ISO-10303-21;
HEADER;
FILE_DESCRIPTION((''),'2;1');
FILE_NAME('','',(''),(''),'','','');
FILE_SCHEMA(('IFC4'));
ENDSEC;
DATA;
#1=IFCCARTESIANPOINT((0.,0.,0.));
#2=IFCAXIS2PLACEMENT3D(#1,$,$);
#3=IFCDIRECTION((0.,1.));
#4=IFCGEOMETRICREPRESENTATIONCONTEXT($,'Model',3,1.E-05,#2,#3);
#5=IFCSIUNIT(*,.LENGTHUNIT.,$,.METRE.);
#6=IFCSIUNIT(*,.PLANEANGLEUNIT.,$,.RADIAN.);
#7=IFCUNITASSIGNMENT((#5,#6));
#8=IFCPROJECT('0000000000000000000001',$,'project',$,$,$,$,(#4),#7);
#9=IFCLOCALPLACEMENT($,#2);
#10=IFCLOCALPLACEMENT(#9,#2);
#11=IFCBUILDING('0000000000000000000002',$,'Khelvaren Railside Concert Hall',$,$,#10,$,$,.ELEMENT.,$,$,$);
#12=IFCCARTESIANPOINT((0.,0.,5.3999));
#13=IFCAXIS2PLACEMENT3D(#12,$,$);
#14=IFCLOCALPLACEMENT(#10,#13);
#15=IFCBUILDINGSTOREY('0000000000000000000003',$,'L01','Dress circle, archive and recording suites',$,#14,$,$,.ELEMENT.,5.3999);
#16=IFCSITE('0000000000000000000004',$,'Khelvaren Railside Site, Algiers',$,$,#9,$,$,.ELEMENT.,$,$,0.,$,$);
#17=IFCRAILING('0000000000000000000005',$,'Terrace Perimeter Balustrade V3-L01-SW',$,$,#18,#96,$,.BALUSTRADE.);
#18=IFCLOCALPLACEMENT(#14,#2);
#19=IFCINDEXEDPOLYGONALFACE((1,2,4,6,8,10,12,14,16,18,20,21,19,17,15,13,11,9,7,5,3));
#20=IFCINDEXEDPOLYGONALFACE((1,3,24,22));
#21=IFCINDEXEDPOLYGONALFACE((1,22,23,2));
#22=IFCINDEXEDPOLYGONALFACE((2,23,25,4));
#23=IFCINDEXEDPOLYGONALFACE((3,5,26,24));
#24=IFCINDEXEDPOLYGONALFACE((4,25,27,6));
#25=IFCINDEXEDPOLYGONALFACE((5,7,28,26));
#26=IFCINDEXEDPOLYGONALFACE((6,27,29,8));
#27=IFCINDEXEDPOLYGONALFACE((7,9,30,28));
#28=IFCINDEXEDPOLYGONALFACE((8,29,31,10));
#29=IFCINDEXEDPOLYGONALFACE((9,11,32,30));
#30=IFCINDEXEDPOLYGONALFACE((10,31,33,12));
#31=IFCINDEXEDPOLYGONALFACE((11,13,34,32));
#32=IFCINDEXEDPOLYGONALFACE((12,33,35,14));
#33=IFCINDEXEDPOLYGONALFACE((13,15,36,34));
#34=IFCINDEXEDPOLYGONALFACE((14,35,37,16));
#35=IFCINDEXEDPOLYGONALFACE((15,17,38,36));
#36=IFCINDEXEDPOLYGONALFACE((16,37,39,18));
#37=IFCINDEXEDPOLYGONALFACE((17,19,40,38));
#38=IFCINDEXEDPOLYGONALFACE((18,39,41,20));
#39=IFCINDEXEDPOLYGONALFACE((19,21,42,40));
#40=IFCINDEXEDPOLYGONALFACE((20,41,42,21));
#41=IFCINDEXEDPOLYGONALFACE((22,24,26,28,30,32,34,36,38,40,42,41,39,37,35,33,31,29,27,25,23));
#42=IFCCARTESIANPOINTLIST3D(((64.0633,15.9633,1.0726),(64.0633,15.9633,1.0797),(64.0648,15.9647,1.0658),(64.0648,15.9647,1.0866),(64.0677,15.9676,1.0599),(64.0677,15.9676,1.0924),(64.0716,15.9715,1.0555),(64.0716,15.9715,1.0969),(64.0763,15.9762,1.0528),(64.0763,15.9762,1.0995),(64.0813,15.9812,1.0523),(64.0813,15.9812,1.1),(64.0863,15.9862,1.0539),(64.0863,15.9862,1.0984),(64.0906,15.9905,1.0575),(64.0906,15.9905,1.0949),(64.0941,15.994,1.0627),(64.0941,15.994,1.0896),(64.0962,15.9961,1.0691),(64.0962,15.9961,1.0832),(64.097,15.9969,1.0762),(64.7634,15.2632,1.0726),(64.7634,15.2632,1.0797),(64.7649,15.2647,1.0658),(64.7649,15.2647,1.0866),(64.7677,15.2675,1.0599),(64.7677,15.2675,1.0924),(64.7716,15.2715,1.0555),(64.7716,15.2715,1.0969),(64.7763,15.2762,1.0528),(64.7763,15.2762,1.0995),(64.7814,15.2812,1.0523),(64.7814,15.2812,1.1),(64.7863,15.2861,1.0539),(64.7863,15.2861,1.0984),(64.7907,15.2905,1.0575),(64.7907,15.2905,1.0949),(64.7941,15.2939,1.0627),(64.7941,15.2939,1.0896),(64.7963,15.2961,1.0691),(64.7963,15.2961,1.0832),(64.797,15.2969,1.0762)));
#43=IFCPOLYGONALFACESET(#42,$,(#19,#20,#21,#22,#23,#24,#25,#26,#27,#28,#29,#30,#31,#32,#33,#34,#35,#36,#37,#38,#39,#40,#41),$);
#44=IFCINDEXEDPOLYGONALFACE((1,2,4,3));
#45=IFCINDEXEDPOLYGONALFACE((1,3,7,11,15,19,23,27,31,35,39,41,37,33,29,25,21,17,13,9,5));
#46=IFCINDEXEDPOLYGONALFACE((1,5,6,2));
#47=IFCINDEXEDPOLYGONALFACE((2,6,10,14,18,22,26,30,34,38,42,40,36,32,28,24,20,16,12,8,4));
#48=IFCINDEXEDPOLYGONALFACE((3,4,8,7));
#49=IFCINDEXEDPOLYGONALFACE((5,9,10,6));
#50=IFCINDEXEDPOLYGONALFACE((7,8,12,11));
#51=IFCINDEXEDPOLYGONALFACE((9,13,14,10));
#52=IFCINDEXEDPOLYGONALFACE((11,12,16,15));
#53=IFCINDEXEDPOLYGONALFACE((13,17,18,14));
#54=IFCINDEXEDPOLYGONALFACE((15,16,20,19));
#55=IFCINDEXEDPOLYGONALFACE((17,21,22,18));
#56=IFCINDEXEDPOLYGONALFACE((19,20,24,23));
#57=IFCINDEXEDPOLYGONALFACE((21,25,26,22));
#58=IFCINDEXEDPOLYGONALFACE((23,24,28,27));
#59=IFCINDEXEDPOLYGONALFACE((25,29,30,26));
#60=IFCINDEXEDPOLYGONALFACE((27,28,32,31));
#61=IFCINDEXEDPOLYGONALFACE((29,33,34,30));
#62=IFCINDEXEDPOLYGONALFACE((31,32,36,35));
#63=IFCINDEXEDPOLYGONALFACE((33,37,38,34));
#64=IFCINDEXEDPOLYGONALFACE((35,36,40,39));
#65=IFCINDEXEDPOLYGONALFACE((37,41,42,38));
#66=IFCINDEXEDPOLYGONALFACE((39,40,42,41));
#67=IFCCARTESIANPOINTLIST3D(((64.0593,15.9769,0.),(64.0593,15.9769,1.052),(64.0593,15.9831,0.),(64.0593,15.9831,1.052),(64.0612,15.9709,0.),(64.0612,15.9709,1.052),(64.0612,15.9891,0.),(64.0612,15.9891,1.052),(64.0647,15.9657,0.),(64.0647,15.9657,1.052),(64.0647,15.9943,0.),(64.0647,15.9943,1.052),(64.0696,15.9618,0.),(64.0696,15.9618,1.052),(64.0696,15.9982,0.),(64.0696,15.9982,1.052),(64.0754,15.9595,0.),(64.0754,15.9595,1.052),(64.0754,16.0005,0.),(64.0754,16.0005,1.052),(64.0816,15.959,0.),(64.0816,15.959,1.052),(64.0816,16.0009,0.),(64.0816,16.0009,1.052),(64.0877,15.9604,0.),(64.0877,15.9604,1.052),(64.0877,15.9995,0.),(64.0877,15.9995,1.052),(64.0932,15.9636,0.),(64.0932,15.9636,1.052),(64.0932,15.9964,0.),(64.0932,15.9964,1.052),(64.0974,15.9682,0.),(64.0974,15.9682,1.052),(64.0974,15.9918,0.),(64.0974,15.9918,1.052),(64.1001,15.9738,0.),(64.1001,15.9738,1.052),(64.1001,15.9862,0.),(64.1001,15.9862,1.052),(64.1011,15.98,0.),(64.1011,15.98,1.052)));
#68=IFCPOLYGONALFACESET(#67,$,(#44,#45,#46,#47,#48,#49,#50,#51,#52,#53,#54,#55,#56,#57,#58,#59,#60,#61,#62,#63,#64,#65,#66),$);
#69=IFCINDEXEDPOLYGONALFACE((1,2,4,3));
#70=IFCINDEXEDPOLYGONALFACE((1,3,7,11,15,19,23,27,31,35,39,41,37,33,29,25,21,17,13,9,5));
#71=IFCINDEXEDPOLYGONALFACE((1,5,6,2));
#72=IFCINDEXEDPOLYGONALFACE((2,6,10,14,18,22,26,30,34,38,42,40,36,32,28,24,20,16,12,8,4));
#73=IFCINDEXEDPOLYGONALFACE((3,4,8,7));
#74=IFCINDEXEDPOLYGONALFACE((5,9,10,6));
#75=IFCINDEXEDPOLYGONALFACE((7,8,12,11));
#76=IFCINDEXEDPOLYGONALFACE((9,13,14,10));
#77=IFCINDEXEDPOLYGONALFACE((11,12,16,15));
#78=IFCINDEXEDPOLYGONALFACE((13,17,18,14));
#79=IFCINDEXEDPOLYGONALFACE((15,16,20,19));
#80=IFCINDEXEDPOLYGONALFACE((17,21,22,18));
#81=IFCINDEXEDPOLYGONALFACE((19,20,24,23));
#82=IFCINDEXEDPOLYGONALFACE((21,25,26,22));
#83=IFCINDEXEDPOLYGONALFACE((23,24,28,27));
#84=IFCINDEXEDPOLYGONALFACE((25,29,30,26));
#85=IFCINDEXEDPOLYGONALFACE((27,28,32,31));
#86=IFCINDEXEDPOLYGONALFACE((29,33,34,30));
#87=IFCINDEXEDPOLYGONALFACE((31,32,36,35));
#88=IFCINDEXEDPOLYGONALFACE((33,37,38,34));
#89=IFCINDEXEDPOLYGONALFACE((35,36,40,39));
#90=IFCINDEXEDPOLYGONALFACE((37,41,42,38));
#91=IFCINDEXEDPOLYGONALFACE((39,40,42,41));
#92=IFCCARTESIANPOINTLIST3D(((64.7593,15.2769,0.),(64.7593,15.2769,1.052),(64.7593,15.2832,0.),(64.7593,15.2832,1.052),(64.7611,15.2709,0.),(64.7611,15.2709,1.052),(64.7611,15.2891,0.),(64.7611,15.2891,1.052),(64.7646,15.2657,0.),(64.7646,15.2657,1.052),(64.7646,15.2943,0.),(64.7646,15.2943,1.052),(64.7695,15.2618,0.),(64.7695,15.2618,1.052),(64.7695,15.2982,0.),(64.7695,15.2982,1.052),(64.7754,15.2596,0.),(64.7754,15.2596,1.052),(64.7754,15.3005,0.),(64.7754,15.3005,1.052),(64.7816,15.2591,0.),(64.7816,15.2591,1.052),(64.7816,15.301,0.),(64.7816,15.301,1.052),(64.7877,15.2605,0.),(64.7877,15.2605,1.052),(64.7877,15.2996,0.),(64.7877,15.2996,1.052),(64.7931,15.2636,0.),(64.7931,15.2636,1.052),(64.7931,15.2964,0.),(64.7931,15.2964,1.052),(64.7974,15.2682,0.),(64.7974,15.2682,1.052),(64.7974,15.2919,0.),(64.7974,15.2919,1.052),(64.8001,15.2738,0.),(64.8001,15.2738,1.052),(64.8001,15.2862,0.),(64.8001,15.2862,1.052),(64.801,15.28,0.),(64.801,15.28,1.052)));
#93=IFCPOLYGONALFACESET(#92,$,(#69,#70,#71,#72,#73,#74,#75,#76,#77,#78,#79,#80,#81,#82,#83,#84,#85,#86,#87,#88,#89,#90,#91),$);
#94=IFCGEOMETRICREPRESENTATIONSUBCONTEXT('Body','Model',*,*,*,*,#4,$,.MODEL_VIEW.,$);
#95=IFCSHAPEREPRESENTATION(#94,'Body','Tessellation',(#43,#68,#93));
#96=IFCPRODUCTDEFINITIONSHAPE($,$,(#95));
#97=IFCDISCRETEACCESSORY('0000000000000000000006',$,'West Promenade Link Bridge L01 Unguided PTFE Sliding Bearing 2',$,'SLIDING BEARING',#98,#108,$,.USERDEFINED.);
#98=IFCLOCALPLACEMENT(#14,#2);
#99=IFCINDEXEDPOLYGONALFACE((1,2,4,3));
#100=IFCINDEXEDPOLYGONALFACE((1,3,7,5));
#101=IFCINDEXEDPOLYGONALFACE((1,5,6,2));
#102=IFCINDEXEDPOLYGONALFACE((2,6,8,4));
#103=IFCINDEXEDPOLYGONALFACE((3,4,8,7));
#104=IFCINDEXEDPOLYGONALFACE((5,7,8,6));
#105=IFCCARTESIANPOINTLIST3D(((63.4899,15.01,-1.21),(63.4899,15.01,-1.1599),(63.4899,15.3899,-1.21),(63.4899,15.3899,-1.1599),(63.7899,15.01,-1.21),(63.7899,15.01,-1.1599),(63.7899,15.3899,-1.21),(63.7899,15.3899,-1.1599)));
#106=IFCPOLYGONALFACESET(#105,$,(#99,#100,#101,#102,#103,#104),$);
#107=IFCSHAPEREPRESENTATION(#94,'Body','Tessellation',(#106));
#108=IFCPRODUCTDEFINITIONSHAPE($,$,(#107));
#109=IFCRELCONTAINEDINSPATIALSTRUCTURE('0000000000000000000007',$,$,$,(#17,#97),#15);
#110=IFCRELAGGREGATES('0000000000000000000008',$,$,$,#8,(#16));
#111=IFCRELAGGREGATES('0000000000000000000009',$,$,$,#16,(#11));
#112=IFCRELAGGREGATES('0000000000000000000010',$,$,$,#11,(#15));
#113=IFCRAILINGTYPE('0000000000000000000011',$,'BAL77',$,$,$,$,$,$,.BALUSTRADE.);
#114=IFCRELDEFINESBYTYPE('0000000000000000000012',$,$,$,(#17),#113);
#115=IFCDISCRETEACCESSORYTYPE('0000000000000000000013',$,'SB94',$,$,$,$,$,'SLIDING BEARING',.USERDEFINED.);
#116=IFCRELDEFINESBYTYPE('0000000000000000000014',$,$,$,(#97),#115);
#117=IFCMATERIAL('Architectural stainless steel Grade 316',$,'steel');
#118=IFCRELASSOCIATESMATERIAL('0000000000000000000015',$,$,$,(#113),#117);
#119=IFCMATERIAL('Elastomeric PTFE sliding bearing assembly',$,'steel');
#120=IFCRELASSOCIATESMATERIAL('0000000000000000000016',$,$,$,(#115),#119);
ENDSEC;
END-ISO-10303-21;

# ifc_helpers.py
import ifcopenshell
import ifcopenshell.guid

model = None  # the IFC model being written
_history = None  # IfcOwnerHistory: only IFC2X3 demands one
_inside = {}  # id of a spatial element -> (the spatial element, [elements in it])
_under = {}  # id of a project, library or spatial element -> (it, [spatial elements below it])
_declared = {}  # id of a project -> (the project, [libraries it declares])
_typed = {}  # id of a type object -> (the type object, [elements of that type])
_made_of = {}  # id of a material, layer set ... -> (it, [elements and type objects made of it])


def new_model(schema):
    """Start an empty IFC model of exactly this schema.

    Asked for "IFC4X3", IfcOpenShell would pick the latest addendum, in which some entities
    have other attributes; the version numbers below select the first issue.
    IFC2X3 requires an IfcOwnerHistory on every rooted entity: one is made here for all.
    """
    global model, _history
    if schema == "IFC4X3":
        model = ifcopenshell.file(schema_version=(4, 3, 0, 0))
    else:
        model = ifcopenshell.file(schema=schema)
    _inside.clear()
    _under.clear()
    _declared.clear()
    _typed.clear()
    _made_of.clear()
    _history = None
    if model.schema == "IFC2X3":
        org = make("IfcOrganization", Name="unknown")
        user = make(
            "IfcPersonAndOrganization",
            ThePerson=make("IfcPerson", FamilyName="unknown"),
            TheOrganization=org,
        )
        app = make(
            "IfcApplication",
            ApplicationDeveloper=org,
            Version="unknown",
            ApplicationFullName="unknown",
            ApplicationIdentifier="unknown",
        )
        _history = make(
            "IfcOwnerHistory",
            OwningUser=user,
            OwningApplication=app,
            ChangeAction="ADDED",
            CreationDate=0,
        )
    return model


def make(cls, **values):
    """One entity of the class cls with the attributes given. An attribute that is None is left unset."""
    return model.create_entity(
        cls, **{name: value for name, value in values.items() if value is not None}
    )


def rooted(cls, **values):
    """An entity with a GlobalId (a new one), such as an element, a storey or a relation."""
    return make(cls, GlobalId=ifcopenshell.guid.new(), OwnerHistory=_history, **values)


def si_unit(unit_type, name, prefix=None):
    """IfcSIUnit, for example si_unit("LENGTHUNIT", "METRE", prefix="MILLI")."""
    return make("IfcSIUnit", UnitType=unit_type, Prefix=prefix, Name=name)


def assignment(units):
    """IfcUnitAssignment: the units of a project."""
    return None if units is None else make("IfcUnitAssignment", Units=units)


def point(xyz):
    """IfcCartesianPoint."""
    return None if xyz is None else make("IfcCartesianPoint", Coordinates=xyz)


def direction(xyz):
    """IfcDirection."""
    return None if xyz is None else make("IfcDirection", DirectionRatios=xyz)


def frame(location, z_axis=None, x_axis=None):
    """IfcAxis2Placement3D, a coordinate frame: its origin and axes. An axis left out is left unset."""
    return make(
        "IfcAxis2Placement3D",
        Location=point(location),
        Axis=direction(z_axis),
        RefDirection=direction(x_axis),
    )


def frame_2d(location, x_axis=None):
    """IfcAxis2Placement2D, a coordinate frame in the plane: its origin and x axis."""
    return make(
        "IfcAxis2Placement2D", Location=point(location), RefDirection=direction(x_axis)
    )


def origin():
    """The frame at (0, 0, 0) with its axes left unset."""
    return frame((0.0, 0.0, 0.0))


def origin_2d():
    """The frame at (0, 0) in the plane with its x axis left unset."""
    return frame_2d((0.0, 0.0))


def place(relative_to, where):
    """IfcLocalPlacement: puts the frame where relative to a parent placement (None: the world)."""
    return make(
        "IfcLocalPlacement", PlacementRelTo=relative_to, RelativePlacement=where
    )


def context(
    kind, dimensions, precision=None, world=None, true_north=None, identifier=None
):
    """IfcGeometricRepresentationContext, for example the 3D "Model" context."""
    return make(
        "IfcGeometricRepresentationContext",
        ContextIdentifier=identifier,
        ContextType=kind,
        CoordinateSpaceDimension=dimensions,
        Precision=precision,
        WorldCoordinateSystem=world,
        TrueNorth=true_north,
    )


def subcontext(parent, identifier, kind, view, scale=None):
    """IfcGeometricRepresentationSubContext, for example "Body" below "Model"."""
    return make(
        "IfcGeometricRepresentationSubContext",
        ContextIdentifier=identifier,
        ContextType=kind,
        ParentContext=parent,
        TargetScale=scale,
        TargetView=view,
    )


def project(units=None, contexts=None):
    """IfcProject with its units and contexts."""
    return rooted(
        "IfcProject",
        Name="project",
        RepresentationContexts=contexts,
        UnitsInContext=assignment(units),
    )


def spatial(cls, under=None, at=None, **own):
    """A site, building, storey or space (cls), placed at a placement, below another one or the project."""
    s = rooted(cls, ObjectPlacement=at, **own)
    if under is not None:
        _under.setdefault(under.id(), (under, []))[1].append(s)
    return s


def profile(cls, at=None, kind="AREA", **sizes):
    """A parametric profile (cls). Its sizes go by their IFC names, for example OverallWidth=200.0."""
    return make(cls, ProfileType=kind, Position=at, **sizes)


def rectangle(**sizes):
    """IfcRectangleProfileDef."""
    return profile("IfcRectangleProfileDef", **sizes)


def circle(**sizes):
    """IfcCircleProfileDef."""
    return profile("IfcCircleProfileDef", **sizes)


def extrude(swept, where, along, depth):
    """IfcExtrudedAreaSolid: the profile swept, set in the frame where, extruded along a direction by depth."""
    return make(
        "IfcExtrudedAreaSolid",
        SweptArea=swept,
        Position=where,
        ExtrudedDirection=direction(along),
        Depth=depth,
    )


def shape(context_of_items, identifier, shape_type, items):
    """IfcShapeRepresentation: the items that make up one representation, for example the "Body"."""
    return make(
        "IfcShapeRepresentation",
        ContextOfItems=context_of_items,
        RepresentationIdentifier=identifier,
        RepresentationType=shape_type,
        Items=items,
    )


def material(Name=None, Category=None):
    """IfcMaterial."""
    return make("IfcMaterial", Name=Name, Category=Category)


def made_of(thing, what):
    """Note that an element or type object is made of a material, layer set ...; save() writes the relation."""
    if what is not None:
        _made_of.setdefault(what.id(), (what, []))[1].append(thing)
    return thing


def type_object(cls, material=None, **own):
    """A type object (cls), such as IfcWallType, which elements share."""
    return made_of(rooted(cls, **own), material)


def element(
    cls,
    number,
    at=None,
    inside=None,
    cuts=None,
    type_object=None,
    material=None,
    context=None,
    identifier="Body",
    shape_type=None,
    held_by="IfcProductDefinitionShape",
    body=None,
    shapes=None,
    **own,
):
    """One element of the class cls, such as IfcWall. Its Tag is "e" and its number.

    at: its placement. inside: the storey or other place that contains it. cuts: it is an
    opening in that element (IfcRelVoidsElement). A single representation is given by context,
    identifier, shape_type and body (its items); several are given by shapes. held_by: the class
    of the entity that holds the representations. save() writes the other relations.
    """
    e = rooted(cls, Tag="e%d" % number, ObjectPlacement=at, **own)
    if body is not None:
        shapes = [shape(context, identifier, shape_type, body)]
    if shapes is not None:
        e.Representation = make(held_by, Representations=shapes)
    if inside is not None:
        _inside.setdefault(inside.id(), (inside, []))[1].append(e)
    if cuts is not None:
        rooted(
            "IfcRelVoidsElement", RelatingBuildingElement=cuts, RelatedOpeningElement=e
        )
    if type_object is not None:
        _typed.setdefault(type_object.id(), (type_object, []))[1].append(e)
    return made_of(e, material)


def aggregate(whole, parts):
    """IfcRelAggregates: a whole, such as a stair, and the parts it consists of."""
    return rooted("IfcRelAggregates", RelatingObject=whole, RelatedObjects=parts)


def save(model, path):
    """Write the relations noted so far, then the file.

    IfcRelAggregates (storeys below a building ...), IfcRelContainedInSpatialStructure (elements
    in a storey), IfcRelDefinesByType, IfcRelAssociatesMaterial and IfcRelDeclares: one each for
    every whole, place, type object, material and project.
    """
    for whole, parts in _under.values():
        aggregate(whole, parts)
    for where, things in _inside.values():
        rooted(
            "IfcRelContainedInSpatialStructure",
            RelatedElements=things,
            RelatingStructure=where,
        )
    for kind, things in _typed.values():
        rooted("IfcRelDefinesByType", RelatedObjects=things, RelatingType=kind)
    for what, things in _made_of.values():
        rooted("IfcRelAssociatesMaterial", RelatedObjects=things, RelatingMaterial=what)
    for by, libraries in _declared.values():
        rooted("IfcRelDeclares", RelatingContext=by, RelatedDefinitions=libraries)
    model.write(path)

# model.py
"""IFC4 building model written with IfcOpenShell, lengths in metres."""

from ifc_helpers import new_model, si_unit, direction, frame, origin, origin_2d, place, context, subcontext, project, spatial, rectangle, circle, extrude, material, type_object, element, save


model = new_model("IFC4")

# Units and contexts
model_context = context("Model", 3, precision=1e-05, world=origin(), true_north=direction((0.0, 1.0)))
body_context = subcontext(model_context, "Body", "Model", "MODEL_VIEW")
ifc_project = project(units=[si_unit("LENGTHUNIT", "METRE"), si_unit("PLANEANGLEUNIT", "RADIAN")], contexts=[model_context])

# Site, building, storey
site_placement = place(None, origin())
site = spatial("IfcSite", under=ifc_project, at=site_placement, Name="Khelvaren Railside Site, Algiers", CompositionType="ELEMENT", RefElevation=0.0)
building_placement = place(site_placement, origin())
building = spatial("IfcBuilding", under=site, at=building_placement, Name="Khelvaren Railside Concert Hall", CompositionType="ELEMENT")
storey_placement = place(building_placement, frame((0.0, 0.0, 5.3999)))
storey = spatial("IfcBuildingStorey", under=building, at=storey_placement, Name="L01", Description="Dress circle, archive and recording suites", CompositionType="ELEMENT", Elevation=5.3999)

# Railing
ifc_material_1 = material(Name="Architectural stainless steel Grade 316", Category="steel")
railing_type = type_object("IfcRailingType", Name="BAL77", PredefinedType="BALUSTRADE", material=ifc_material_1)
railing_1_placement = place(storey_placement, frame((64.0801, 15.98, 0.0)))
element("IfcRailing", 1, at=railing_1_placement, inside=storey, type_object=railing_type, Name="Terrace Perimeter Balustrade V3-L01-SW", PredefinedType="BALUSTRADE", context=body_context, shape_type="SweptSolid", body=[
    extrude(circle(Radius=0.0239, at=origin_2d()), frame((0.0, 0.0, 1.0762), z_axis=(0.707107, -0.707107, 0.0), x_axis=(0.707107, 0.707107, 0.0)), (0.0, 0.0, 1.0), 0.99),
    extrude(circle(Radius=0.021, at=origin_2d()), origin(), (0.0, 0.0, 1.0), 1.052),
    extrude(circle(Radius=0.021, at=origin_2d()), frame((0.7, -0.7, 0.0)), (0.0, 0.0, 1.0), 1.052),
])

# Discrete accessory
ifc_material_2 = material(Name="Elastomeric PTFE sliding bearing assembly", Category="steel")
discrete_accessory_type = type_object("IfcDiscreteAccessoryType", Name="SB94", ElementType="SLIDING BEARING", PredefinedType="USERDEFINED", material=ifc_material_2)
discrete_accessory_placement = place(storey_placement, frame((63.6399, 15.2, -1.21), z_axis=(0.0, 0.0, 1.0), x_axis=(1.0, 0.0, 0.0)))
element("IfcDiscreteAccessory", 2, at=discrete_accessory_placement, inside=storey, type_object=discrete_accessory_type, Name="West Promenade Link Bridge L01 Unguided PTFE Sliding Bearing 2", ObjectType="SLIDING BEARING", PredefinedType="USERDEFINED", context=body_context, shape_type="SweptSolid", body=[
    extrude(rectangle(XDim=0.3, YDim=0.3799, at=origin_2d()), origin(), (0.0, 0.0, 1.0), 0.05),
])

save(model, "model.ifc")
